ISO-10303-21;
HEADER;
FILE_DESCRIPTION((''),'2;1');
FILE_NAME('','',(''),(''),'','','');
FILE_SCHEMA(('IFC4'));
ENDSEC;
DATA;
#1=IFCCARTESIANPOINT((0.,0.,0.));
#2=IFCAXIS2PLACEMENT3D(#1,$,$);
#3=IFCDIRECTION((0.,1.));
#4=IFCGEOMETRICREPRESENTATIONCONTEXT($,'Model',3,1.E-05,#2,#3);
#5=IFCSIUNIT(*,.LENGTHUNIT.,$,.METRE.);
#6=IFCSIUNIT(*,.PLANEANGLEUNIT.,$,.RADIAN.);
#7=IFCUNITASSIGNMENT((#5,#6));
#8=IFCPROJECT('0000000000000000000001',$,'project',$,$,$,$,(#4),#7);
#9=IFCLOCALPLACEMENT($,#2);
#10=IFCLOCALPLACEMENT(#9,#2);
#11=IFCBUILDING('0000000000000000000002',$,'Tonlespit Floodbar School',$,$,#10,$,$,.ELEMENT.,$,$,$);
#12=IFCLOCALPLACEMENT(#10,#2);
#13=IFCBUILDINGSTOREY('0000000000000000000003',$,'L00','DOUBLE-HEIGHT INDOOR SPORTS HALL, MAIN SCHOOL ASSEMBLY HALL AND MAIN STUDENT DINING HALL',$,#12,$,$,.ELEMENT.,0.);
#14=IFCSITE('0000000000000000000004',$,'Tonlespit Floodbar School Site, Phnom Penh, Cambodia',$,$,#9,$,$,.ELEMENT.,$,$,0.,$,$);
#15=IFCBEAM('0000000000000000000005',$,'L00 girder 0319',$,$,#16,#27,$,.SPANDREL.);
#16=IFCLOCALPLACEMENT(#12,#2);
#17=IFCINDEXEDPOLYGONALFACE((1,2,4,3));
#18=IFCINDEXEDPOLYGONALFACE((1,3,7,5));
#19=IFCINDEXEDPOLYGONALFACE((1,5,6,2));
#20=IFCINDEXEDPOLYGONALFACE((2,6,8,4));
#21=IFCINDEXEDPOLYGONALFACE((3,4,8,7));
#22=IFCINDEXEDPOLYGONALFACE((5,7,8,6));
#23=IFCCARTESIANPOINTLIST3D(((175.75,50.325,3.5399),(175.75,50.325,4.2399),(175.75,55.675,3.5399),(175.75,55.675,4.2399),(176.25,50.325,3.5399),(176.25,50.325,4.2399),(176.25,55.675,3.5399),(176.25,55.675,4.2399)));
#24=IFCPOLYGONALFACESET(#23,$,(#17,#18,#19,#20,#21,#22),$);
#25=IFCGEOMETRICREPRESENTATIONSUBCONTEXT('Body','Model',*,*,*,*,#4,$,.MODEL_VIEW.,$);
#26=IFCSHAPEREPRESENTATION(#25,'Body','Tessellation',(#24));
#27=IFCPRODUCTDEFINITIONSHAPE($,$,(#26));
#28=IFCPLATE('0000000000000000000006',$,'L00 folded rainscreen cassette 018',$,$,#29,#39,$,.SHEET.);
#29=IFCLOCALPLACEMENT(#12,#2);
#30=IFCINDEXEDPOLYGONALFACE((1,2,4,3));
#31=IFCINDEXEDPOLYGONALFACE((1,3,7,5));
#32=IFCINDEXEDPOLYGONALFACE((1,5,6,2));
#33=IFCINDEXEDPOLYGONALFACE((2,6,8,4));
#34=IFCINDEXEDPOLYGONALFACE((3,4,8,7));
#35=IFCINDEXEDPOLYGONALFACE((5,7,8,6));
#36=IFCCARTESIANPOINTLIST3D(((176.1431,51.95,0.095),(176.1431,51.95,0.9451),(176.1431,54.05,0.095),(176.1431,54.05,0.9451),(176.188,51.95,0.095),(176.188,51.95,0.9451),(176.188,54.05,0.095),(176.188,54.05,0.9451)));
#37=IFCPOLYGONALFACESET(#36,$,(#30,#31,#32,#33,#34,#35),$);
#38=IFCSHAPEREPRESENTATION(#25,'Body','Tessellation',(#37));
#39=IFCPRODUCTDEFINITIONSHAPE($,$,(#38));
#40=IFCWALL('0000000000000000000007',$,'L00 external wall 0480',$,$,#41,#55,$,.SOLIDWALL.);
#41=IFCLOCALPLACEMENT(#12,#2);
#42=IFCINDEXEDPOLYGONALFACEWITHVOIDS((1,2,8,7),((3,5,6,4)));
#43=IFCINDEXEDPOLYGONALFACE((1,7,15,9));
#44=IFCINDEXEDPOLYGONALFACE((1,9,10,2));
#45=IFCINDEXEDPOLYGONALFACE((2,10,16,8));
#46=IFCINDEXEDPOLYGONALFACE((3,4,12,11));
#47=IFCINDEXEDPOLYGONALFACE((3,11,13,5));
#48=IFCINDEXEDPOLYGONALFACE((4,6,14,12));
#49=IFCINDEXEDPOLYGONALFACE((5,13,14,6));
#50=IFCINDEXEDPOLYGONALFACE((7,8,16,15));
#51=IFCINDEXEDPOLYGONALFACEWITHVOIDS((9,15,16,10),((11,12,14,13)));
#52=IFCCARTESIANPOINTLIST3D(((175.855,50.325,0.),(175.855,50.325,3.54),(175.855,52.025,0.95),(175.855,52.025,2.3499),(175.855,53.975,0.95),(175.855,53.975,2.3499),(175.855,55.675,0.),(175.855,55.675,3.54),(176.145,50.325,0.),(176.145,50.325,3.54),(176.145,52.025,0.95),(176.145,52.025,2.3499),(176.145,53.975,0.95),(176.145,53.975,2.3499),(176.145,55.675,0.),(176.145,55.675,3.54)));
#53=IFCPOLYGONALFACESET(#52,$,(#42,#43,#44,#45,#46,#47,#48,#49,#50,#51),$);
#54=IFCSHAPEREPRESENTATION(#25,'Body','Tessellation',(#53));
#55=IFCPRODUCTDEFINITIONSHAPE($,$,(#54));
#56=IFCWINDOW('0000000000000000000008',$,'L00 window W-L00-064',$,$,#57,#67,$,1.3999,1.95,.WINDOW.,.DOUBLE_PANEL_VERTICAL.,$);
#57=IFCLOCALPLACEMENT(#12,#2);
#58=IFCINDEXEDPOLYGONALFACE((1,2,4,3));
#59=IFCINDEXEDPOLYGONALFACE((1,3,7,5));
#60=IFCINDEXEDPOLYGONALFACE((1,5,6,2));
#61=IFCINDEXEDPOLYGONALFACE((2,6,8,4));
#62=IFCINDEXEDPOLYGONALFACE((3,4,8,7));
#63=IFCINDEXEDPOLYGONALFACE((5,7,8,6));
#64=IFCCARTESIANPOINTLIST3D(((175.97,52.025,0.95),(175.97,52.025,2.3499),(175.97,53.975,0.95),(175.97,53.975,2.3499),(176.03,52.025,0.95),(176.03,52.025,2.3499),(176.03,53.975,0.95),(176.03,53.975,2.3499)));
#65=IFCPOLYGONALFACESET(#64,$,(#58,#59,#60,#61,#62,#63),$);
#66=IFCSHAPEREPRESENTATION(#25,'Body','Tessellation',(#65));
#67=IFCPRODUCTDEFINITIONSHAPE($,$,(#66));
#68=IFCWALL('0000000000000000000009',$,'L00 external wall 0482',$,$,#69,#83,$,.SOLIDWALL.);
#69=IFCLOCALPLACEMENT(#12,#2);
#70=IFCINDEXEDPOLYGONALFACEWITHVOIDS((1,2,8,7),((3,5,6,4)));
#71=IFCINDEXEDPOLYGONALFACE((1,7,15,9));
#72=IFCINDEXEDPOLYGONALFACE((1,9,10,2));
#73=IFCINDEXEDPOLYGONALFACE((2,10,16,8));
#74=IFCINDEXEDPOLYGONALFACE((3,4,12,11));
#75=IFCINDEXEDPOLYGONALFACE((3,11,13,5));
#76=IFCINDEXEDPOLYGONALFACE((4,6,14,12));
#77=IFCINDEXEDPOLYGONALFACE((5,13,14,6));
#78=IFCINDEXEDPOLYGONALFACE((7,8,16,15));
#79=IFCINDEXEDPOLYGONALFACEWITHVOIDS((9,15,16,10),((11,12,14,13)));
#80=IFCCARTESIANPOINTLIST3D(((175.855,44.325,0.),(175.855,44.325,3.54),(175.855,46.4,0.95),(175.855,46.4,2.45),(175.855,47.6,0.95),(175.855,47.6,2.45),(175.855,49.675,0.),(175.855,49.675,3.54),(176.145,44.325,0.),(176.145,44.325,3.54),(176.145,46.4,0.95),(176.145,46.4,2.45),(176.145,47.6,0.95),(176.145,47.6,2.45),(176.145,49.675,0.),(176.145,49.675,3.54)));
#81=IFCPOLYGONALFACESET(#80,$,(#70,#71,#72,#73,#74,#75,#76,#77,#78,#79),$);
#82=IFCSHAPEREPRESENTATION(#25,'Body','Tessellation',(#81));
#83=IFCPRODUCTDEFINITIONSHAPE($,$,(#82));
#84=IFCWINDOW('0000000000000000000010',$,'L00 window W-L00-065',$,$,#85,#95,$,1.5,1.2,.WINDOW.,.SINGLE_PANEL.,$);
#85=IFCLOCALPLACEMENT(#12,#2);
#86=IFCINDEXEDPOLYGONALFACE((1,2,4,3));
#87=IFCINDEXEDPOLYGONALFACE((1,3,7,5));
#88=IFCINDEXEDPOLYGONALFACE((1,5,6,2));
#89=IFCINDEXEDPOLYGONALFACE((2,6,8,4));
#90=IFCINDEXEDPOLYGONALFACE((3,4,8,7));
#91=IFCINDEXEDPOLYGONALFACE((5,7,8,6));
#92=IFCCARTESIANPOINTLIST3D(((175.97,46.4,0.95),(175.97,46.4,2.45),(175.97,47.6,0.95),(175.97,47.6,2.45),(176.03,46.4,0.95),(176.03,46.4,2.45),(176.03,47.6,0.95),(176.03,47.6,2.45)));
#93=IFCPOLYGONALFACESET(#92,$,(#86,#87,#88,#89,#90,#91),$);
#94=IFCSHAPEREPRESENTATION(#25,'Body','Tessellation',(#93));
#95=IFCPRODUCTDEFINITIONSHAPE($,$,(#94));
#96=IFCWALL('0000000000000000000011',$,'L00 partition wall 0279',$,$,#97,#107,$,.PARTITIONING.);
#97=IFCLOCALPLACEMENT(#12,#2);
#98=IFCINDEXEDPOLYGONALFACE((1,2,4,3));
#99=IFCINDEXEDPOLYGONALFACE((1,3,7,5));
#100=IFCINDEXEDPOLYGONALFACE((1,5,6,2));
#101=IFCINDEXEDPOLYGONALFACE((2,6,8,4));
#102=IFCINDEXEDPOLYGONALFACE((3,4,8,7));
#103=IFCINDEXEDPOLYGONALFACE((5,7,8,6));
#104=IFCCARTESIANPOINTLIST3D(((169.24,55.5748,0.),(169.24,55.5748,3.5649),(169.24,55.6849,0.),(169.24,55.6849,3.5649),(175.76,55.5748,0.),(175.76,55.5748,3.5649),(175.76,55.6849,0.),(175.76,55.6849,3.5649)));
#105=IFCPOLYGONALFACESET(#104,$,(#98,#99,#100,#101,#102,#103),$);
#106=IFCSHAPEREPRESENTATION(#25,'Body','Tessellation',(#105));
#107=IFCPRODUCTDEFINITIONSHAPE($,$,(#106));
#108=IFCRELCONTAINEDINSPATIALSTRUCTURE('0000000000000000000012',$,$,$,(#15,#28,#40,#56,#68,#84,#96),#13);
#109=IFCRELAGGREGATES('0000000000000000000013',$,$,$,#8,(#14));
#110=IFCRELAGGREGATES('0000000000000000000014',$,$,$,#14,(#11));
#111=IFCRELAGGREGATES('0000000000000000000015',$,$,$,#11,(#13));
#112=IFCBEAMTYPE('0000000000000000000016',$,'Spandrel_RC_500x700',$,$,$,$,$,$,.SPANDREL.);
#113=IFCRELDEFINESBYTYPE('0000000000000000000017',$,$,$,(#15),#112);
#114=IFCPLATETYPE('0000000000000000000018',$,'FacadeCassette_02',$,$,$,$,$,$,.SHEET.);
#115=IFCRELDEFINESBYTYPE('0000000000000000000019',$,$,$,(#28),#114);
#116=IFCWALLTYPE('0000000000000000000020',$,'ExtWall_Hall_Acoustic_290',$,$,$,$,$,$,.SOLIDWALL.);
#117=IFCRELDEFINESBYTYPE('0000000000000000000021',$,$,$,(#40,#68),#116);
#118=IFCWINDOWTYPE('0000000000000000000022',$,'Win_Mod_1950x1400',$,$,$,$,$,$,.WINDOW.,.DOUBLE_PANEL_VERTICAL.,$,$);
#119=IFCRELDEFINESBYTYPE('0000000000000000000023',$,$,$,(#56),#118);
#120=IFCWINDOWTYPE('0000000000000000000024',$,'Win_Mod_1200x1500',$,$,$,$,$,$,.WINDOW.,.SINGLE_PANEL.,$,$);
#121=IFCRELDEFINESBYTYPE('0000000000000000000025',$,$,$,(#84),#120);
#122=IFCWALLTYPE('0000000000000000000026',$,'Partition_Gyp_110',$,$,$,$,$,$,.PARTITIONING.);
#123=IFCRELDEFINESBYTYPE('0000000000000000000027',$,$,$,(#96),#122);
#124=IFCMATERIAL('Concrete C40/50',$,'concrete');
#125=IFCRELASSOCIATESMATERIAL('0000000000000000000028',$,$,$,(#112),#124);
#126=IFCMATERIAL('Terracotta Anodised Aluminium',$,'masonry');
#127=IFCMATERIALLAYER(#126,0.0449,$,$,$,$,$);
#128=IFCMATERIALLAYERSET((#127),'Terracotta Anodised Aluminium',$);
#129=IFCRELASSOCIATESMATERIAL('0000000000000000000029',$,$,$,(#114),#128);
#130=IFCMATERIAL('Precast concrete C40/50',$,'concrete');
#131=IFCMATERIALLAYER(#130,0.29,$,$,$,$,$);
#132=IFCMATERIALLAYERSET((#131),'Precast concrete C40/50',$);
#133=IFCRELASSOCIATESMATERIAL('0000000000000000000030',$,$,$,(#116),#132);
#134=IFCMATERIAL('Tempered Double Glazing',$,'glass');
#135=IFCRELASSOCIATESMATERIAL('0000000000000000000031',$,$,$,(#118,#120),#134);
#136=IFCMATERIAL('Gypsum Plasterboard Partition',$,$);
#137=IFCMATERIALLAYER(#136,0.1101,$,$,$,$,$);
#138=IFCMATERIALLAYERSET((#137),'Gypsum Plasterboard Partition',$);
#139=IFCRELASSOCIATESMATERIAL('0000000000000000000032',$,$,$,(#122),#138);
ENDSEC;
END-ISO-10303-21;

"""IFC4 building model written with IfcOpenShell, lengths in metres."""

from ifc_helpers import new_model, si_unit, direction, frame, frame_2d, origin, origin_2d, place, context, subcontext, project, spatial, rectangle, extrude, material, layer, layer_set, material_profile, profile_set, type_object, element, fill, save


model = new_model("IFC4")

# Units and contexts
model_context = context("Model", 3, precision=1e-05, world=origin(), true_north=direction((0.0, 1.0)))
body_context = subcontext(model_context, "Body", "Model", "MODEL_VIEW")
ifc_project = project(units=[si_unit("LENGTHUNIT", "METRE"), si_unit("PLANEANGLEUNIT", "RADIAN")], contexts=[model_context])

# Site, building, storey
site_placement = place(None, origin())
site = spatial("IfcSite", under=ifc_project, at=site_placement, Name="Tonlespit Floodbar School Site, Phnom Penh, Cambodia", CompositionType="ELEMENT", RefElevation=0.0)
building_placement = place(site_placement, origin())
building = spatial("IfcBuilding", under=site, at=building_placement, Name="Tonlespit Floodbar School", CompositionType="ELEMENT")
storey_placement = place(building_placement, origin())
storey = spatial("IfcBuildingStorey", under=building, at=storey_placement, Name="L00", Description="DOUBLE-HEIGHT INDOOR SPORTS HALL, MAIN SCHOOL ASSEMBLY HALL AND MAIN STUDENT DINING HALL", CompositionType="ELEMENT", Elevation=0.0)

# Shared definitions
ifc_material_1 = material(Name="Concrete C40/50", Category="concrete")

# Beam
ifc_material_profile_1 = material_profile(ifc_material_1, rectangle(XDim=0.5, YDim=0.7, at=origin_2d()), Name="RC 500x700")
ifc_profile_set_1 = profile_set([ifc_material_profile_1], Name="Concrete C40/50")
beam_type = type_object("IfcBeamType", Name="Spandrel_RC_500x700", PredefinedType="SPANDREL", material=ifc_profile_set_1)
beam_placement = place(storey_placement, frame((176.0, 50.325, 3.8899), z_axis=(0.0, 1.0, 0.0), x_axis=(-1.0, 0.0, 0.0)))
element("IfcBeam", 1, at=beam_placement, inside=storey, type_object=beam_type, Name="L00 girder 0319", PredefinedType="SPANDREL", context=body_context, shape_type="SweptSolid", body=[
    extrude(rectangle(XDim=0.5, YDim=0.7, at=origin_2d()), origin(), (0.0, 0.0, 1.0), 5.3501),
])

# Plate
ifc_material_2 = material(Name="Terracotta Anodised Aluminium", Category="masonry")
ifc_layer_1 = layer(ifc_material_2, 0.0449)
ifc_layer_set_1 = layer_set([ifc_layer_1], Name="Terracotta Anodised Aluminium")
plate_type = type_object("IfcPlateType", Name="FacadeCassette_02", PredefinedType="SHEET", material=ifc_layer_set_1)
plate_placement = place(storey_placement, frame((176.1655, 53.0, 0.095), z_axis=(0.0, 0.0, 1.0), x_axis=(0.0, -1.0, 0.0)))
element("IfcPlate", 2, at=plate_placement, inside=storey, type_object=plate_type, Name="L00 folded rainscreen cassette 018", PredefinedType="SHEET", context=body_context, shape_type="SweptSolid", body=[
    extrude(rectangle(XDim=2.1001, YDim=0.0449, at=origin_2d()), origin(), (0.0, 0.0, 1.0), 0.8501),
])

# Walls, openings, windows
ifc_material_3 = material(Name="Precast concrete C40/50", Category="concrete")
ifc_layer_2 = layer(ifc_material_3, 0.29)
ifc_layer_set_2 = layer_set([ifc_layer_2], Name="Precast concrete C40/50")
wall_type_1 = type_object("IfcWallType", Name="ExtWall_Hall_Acoustic_290", PredefinedType="SOLIDWALL", material=ifc_layer_set_2)
wall_1_placement = place(storey_placement, frame((176.0, 55.675, 0.0), z_axis=(0.0, 0.0, 1.0), x_axis=(0.0, -1.0, 0.0)))
wall_1 = element("IfcWall", 3, at=wall_1_placement, inside=storey, type_object=wall_type_1, Name="L00 external wall 0480", PredefinedType="SOLIDWALL", context=body_context, shape_type="SweptSolid", body=[
    extrude(rectangle(XDim=5.3501, YDim=0.29, at=frame_2d((2.675, 0.0))), origin(), (0.0, 0.0, 1.0), 3.54),
])
opening_1_placement = place(wall_1_placement, frame((1.7, 0.0, 0.95)))
opening_1 = element("IfcOpeningElement", 4, at=opening_1_placement, cuts=wall_1, PredefinedType="OPENING", context=body_context, shape_type="SweptSolid", body=[
    extrude(rectangle(XDim=1.95, YDim=1.3999, at=frame_2d((0.9751, 0.7))), frame((0.0, 0.155, 0.0), z_axis=(0.0, -1.0, 0.0), x_axis=(1.0, 0.0, 0.0)), (0.0, 0.0, 1.0), 0.3101),
])
ifc_material_4 = material(Name="Tempered Double Glazing", Category="glass")
window_type_1 = type_object("IfcWindowType", Name="Win_Mod_1950x1400", PartitioningType="DOUBLE_PANEL_VERTICAL", PredefinedType="WINDOW", material=ifc_material_4)
window_1_placement = place(opening_1_placement, origin())
window_1 = element("IfcWindow", 5, at=window_1_placement, inside=storey, type_object=window_type_1, Name="L00 window W-L00-064", OverallHeight=1.3999, OverallWidth=1.95, PartitioningType="DOUBLE_PANEL_VERTICAL", PredefinedType="WINDOW", context=body_context, shape_type="SweptSolid", body=[
    extrude(rectangle(XDim=1.95, YDim=1.3999, at=frame_2d((0.9751, 0.7))), frame((0.0, 0.03, 0.0), z_axis=(0.0, -1.0, 0.0), x_axis=(1.0, 0.0, 0.0)), (0.0, 0.0, 1.0), 0.0601),
])
fill(opening_1, window_1)
wall_2_placement = place(storey_placement, frame((176.0, 49.675, 0.0), z_axis=(0.0, 0.0, 1.0), x_axis=(0.0, -1.0, 0.0)))
wall_2 = element("IfcWall", 6, at=wall_2_placement, inside=storey, type_object=wall_type_1, Name="L00 external wall 0482", PredefinedType="SOLIDWALL", context=body_context, shape_type="SweptSolid", body=[
    extrude(rectangle(XDim=5.3501, YDim=0.29, at=frame_2d((2.675, 0.0))), origin(), (0.0, 0.0, 1.0), 3.54),
])
opening_2_placement = place(wall_2_placement, frame((2.075, 0.0, 0.95)))
opening_2 = element("IfcOpeningElement", 7, at=opening_2_placement, cuts=wall_2, PredefinedType="OPENING", context=body_context, shape_type="SweptSolid", body=[
    extrude(rectangle(XDim=1.2, YDim=1.5, at=frame_2d((0.6001, 0.75))), frame((0.0, 0.155, 0.0), z_axis=(0.0, -1.0, 0.0), x_axis=(1.0, 0.0, 0.0)), (0.0, 0.0, 1.0), 0.3101),
])
window_type_2 = type_object("IfcWindowType", Name="Win_Mod_1200x1500", PartitioningType="SINGLE_PANEL", PredefinedType="WINDOW", material=ifc_material_4)
window_2_placement = place(opening_2_placement, origin())
window_2 = element("IfcWindow", 8, at=window_2_placement, inside=storey, type_object=window_type_2, Name="L00 window W-L00-065", OverallHeight=1.5, OverallWidth=1.2, PartitioningType="SINGLE_PANEL", PredefinedType="WINDOW", context=body_context, shape_type="SweptSolid", body=[
    extrude(rectangle(XDim=1.2, YDim=1.5, at=frame_2d((0.6001, 0.75))), frame((0.0, 0.03, 0.0), z_axis=(0.0, -1.0, 0.0), x_axis=(1.0, 0.0, 0.0)), (0.0, 0.0, 1.0), 0.0601),
])
fill(opening_2, window_2)

# Wall
ifc_material_5 = material(Name="Gypsum Plasterboard Partition")
ifc_layer_3 = layer(ifc_material_5, 0.1101)
ifc_layer_set_3 = layer_set([ifc_layer_3], Name="Gypsum Plasterboard Partition")
wall_type_2 = type_object("IfcWallType", Name="Partition_Gyp_110", PredefinedType="PARTITIONING", material=ifc_layer_set_3)
wall_3_placement = place(storey_placement, frame((169.24, 55.6299, 0.0), z_axis=(0.0, 0.0, 1.0), x_axis=(1.0, 0.0, 0.0)))
element("IfcWall", 9, at=wall_3_placement, inside=storey, type_object=wall_type_2, Name="L00 partition wall 0279", PredefinedType="PARTITIONING", context=body_context, shape_type="SweptSolid", body=[
    extrude(rectangle(XDim=6.52, YDim=0.1101, at=frame_2d((3.26, 0.0))), origin(), (0.0, 0.0, 1.0), 3.5649),
])

save(model, "model.ifc")
